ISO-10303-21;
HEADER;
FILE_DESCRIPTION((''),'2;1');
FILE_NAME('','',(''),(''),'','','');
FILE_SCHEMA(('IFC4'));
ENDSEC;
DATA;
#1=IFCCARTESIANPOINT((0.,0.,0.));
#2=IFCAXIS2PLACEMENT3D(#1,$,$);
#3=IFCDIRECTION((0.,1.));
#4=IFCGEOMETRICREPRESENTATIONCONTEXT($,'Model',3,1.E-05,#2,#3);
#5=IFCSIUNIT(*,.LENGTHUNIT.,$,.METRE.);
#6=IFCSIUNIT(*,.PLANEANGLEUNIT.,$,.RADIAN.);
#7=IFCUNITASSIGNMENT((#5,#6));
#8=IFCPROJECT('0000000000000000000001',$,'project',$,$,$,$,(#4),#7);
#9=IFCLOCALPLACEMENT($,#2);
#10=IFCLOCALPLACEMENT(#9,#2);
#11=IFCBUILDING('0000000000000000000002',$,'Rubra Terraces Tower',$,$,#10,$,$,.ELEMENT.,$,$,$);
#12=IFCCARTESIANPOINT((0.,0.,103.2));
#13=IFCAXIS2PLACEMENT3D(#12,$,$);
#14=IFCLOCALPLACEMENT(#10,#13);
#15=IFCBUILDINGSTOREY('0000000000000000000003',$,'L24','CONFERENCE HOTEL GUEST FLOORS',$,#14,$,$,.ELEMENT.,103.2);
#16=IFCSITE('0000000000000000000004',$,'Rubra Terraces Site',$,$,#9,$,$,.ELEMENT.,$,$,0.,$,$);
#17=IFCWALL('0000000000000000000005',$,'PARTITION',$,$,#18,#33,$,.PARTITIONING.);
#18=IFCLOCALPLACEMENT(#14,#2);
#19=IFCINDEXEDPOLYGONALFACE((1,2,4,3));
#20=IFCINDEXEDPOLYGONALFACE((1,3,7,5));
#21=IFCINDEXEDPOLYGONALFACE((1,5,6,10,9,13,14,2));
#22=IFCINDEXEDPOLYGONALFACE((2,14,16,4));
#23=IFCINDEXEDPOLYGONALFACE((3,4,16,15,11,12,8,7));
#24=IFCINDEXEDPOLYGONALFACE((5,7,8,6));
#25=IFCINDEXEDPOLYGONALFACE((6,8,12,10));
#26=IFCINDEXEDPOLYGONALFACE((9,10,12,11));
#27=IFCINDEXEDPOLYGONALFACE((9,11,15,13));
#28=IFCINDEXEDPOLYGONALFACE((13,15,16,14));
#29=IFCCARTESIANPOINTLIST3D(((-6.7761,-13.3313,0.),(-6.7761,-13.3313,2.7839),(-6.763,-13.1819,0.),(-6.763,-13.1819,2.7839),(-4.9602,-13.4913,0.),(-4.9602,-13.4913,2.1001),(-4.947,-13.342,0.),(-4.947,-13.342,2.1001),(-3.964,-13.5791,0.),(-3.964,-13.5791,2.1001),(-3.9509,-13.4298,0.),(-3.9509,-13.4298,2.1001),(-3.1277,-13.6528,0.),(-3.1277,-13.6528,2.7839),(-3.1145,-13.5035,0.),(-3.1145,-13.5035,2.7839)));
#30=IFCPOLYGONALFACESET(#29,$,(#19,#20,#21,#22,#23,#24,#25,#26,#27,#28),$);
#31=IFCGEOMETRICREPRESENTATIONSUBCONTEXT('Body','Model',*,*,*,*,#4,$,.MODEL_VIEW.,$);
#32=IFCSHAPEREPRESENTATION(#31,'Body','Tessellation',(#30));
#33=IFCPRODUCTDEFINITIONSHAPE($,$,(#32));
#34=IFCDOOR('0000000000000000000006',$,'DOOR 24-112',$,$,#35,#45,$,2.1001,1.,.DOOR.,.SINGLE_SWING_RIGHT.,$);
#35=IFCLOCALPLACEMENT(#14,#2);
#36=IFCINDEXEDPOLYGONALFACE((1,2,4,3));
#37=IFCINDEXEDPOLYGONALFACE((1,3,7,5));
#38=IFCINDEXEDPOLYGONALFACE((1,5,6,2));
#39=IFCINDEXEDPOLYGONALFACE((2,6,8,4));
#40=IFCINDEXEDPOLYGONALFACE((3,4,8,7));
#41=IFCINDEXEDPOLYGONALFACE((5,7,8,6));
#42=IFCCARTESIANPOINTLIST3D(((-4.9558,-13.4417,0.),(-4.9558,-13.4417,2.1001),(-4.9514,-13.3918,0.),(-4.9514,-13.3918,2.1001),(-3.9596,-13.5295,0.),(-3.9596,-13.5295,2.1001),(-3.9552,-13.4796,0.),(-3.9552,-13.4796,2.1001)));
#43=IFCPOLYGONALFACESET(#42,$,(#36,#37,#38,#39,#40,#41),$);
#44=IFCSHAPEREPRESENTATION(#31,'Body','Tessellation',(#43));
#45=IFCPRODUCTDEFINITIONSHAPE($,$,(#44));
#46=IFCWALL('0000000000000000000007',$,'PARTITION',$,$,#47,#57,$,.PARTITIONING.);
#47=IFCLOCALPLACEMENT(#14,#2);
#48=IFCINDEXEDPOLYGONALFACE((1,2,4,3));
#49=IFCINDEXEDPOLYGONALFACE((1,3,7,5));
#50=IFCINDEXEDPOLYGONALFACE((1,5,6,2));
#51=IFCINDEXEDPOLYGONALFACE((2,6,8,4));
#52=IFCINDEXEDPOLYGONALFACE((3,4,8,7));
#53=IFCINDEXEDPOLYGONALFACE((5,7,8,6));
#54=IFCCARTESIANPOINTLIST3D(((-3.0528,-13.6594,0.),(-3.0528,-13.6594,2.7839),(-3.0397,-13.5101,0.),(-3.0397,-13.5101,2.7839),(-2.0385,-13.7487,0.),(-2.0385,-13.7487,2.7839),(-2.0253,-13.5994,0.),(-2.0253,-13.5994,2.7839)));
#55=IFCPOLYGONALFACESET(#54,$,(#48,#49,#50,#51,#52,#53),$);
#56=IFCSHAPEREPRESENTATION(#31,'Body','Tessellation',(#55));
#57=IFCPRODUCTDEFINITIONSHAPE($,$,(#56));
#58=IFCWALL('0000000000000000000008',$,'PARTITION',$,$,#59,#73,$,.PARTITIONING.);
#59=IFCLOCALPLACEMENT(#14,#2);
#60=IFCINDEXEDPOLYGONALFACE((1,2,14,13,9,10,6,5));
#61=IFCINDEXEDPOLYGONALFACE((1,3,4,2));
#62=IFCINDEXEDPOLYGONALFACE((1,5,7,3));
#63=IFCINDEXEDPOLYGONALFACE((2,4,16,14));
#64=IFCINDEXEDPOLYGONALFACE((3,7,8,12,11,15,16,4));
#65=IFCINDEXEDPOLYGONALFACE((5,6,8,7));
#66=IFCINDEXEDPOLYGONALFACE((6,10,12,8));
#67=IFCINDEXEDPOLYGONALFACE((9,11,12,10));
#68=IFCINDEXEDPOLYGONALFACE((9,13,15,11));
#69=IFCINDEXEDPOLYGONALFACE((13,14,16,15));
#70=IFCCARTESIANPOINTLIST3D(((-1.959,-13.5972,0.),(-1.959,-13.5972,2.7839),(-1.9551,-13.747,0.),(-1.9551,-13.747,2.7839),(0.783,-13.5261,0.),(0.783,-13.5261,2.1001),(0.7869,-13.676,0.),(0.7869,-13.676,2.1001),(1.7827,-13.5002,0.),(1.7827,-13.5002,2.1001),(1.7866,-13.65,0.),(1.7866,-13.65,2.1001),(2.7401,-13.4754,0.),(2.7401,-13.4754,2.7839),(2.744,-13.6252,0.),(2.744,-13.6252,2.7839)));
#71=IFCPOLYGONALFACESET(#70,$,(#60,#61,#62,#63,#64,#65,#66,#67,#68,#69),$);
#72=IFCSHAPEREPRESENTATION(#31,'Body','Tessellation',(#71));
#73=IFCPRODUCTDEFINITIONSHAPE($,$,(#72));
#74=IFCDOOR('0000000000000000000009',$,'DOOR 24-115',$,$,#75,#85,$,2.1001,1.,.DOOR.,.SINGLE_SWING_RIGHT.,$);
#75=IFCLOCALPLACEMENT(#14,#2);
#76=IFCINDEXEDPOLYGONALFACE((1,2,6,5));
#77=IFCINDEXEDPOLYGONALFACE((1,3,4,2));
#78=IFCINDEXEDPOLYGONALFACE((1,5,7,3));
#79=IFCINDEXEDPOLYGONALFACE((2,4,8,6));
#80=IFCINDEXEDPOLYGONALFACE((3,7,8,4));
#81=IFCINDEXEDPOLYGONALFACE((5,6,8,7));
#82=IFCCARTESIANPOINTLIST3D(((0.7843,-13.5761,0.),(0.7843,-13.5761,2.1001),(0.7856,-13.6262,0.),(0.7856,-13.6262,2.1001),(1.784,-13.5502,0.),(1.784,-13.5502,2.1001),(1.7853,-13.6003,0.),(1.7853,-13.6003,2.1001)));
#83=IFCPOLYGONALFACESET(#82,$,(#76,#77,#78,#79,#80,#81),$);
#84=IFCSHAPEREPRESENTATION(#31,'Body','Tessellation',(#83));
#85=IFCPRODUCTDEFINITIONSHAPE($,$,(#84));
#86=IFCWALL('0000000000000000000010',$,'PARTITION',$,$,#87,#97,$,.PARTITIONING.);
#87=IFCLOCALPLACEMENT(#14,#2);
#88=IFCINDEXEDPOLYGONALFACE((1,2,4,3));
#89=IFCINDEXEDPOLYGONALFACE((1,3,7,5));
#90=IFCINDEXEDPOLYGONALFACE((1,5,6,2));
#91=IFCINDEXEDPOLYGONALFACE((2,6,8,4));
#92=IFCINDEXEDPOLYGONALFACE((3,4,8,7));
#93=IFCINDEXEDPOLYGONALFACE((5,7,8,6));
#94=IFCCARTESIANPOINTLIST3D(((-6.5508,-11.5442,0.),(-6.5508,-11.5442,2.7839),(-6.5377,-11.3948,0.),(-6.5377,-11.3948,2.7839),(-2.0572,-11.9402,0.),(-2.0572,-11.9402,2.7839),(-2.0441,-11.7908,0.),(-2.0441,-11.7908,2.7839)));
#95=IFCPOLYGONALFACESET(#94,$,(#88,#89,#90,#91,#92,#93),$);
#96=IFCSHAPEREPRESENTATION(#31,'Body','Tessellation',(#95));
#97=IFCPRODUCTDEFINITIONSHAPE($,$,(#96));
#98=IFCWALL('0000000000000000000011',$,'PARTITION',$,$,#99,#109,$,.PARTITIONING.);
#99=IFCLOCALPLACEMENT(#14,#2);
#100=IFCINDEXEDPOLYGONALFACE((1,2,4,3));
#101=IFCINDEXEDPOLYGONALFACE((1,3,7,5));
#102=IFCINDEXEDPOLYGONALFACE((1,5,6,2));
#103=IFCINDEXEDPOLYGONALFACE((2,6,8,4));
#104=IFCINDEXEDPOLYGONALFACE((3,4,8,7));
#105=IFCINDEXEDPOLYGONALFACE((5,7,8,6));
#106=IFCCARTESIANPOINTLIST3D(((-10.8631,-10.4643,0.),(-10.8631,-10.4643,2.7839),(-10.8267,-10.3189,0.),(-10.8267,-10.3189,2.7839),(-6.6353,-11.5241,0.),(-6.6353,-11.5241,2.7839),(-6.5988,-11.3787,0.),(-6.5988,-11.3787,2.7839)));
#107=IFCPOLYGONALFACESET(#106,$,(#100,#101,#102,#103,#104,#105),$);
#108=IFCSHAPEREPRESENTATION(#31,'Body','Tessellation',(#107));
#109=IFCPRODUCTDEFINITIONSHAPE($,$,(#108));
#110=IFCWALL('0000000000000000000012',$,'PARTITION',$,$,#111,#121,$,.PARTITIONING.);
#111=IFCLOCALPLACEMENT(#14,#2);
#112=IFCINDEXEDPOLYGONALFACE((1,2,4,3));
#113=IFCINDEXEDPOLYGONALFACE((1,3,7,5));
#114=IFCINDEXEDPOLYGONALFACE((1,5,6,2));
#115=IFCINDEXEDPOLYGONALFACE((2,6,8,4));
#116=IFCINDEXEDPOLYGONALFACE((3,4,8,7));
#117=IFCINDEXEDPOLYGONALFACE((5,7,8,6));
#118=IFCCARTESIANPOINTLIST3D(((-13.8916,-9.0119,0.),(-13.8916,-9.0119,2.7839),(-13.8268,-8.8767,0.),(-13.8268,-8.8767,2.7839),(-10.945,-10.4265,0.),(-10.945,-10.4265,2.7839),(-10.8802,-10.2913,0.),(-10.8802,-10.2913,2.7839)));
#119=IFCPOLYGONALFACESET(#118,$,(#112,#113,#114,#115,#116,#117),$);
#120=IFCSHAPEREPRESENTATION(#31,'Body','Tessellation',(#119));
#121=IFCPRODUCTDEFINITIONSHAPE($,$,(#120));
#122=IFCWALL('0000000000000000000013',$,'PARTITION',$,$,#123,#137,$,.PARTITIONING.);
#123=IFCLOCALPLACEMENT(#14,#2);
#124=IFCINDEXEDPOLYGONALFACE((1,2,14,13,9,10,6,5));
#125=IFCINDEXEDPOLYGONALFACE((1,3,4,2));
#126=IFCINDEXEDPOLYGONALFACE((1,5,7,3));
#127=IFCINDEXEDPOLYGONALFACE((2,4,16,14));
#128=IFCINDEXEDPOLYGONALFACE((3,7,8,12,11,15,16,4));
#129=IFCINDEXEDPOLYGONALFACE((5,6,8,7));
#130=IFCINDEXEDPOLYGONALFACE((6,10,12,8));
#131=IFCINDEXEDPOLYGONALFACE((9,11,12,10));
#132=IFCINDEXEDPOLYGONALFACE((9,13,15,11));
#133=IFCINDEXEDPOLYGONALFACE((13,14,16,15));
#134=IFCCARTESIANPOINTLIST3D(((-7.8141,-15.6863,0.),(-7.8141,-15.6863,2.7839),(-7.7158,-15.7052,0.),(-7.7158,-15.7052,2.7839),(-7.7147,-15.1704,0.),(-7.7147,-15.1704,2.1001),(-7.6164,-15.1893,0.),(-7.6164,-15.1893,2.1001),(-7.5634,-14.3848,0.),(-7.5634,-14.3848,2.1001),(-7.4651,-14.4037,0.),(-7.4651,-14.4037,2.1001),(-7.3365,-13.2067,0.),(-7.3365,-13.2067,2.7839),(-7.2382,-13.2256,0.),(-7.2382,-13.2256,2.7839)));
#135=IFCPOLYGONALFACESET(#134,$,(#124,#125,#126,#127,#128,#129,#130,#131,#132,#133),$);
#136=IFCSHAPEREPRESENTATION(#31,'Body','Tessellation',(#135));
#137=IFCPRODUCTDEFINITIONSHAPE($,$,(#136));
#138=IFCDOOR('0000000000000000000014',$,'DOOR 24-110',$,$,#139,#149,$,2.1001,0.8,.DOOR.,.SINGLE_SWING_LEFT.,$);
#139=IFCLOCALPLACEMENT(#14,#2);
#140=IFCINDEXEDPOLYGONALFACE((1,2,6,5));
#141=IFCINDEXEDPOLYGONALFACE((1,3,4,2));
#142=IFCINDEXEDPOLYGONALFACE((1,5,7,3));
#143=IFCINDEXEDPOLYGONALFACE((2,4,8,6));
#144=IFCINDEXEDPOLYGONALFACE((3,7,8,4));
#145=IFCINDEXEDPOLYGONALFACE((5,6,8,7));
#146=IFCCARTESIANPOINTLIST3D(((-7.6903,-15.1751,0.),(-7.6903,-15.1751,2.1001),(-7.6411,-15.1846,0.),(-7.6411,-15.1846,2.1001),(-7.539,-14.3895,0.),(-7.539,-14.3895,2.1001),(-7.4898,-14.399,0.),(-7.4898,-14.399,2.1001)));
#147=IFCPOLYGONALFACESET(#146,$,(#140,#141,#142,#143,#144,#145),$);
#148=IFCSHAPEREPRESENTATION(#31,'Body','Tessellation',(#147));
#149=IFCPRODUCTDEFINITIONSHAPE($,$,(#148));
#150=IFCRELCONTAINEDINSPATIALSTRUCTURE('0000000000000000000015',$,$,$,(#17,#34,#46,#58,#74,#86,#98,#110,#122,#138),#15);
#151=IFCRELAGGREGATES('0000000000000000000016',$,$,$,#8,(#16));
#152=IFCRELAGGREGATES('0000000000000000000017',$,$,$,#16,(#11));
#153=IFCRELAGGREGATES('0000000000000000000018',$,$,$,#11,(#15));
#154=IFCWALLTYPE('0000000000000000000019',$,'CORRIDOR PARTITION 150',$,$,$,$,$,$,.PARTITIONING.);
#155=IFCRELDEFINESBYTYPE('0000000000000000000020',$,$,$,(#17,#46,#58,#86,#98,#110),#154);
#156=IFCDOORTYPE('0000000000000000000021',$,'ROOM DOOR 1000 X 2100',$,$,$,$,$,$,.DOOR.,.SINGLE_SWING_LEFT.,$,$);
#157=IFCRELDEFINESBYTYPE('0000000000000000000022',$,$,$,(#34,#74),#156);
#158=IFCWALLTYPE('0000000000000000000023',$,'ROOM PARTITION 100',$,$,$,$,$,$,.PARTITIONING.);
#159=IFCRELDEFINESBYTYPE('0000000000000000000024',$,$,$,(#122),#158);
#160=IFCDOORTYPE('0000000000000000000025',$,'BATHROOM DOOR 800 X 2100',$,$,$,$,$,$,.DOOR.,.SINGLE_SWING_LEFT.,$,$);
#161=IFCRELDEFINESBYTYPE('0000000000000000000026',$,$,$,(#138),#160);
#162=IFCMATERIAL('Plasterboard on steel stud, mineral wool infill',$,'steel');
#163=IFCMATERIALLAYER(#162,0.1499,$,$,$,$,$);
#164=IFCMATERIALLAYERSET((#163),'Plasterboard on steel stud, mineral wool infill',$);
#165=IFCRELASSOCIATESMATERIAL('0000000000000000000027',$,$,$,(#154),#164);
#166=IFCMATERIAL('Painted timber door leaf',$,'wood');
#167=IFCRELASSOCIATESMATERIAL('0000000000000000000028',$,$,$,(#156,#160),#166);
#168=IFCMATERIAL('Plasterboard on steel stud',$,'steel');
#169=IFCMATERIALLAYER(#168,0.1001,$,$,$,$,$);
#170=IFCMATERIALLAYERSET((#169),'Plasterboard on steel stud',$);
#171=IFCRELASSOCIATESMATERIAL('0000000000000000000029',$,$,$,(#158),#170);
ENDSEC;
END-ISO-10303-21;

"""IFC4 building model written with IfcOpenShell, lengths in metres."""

from ifc_helpers import new_model, si_unit, direction, frame, frame_2d, origin, place, context, subcontext, project, spatial, rectangle, extrude, material, layer, layer_set, type_object, element, fill, save


model = new_model("IFC4")

# Units and contexts
model_context = context("Model", 3, precision=1e-05, world=origin(), true_north=direction((0.0, 1.0)))
body_context = subcontext(model_context, "Body", "Model", "MODEL_VIEW")
ifc_project = project(units=[si_unit("LENGTHUNIT", "METRE"), si_unit("PLANEANGLEUNIT", "RADIAN")], contexts=[model_context])

# Site, building, storey
site_placement = place(None, origin())
site = spatial("IfcSite", under=ifc_project, at=site_placement, Name="Rubra Terraces Site", CompositionType="ELEMENT", RefElevation=0.0)
building_placement = place(site_placement, origin())
building = spatial("IfcBuilding", under=site, at=building_placement, Name="Rubra Terraces Tower", CompositionType="ELEMENT")
storey_placement = place(building_placement, frame((0.0, 0.0, 103.2)))
storey = spatial("IfcBuildingStorey", under=building, at=storey_placement, Name="L24", Description="CONFERENCE HOTEL GUEST FLOORS", CompositionType="ELEMENT", Elevation=103.2)

# Shared definitions
ifc_material_1 = material(Name="Plasterboard on steel stud, mineral wool infill", Category="steel")
ifc_layer_1 = layer(ifc_material_1, 0.1499)
ifc_layer_set_1 = layer_set([ifc_layer_1], Name="Plasterboard on steel stud, mineral wool infill")
wall_type_1 = type_object("IfcWallType", Name="CORRIDOR PARTITION 150", PredefinedType="PARTITIONING", material=ifc_layer_set_1)

# Wall, opening, door
wall_1_placement = place(storey_placement, frame((-6.7695, -13.2566, 0.0), z_axis=(0.0, 0.0, 1.0), x_axis=(0.996139, -0.087789, 0.0)))
wall_1 = element("IfcWall", 1, at=wall_1_placement, inside=storey, type_object=wall_type_1, Name="PARTITION", PredefinedType="PARTITIONING", context=body_context, shape_type="SweptSolid", body=[
    extrude(rectangle(XDim=3.6626, YDim=0.1499, at=frame_2d((1.8313, 0.0))), origin(), (0.0, 0.0, 1.0), 2.7839),
])
opening_1_placement = place(wall_1_placement, frame((1.823, 0.0, 0.0)))
opening_1 = element("IfcOpeningElement", 2, at=opening_1_placement, cuts=wall_1, PredefinedType="OPENING", context=body_context, shape_type="SweptSolid", body=[
    extrude(rectangle(XDim=1.0, YDim=2.1001, at=frame_2d((0.5, 1.05))), frame((0.0, 0.085, 0.0), z_axis=(0.0, -1.0, 0.0), x_axis=(1.0, 0.0, 0.0)), (0.0, 0.0, 1.0), 0.1699),
])
ifc_material_2 = material(Name="Painted timber door leaf", Category="wood")
door_type_1 = type_object("IfcDoorType", Name="ROOM DOOR 1000 X 2100", OperationType="SINGLE_SWING_LEFT", PredefinedType="DOOR", material=ifc_material_2)
door_1_placement = place(opening_1_placement, origin())
door_1 = element("IfcDoor", 3, at=door_1_placement, inside=storey, type_object=door_type_1, Name="DOOR 24-112", OperationType="SINGLE_SWING_RIGHT", OverallHeight=2.1001, OverallWidth=1.0, PredefinedType="DOOR", context=body_context, shape_type="SweptSolid", body=[
    extrude(rectangle(XDim=1.0, YDim=2.1001, at=frame_2d((0.5, 1.05))), frame((0.0, 0.0249, 0.0), z_axis=(0.0, -1.0, 0.0), x_axis=(1.0, 0.0, 0.0)), (0.0, 0.0, 1.0), 0.05),
])
fill(opening_1, door_1)

# Wall
wall_2_placement = place(storey_placement, frame((-3.0464, -13.5847, 0.0), z_axis=(0.0, 0.0, 1.0), x_axis=(0.996143, -0.087747, 0.0)))
element("IfcWall", 4, at=wall_2_placement, inside=storey, type_object=wall_type_1, Name="PARTITION", PredefinedType="PARTITIONING", context=body_context, shape_type="SweptSolid", body=[
    extrude(rectangle(XDim=1.0183, YDim=0.1499, at=frame_2d((0.5093, 0.0))), origin(), (0.0, 0.0, 1.0), 2.7839),
])

# Wall, opening, door
wall_3_placement = place(storey_placement, frame((-1.957, -13.6721, 0.0), z_axis=(0.0, 0.0, 1.0), x_axis=(0.999664, 0.025916, 0.0)))
wall_3 = element("IfcWall", 5, at=wall_3_placement, inside=storey, type_object=wall_type_1, Name="PARTITION", PredefinedType="PARTITIONING", context=body_context, shape_type="SweptSolid", body=[
    extrude(rectangle(XDim=4.7007, YDim=0.1499, at=frame_2d((2.3503, 0.0))), origin(), (0.0, 0.0, 1.0), 2.7839),
])
opening_2_placement = place(wall_3_placement, frame((2.7429, 0.0, 0.0)))
opening_2 = element("IfcOpeningElement", 6, at=opening_2_placement, cuts=wall_3, PredefinedType="OPENING", context=body_context, shape_type="SweptSolid", body=[
    extrude(rectangle(XDim=1.0, YDim=2.1001, at=frame_2d((0.5, 1.05))), frame((0.0, 0.085, 0.0), z_axis=(0.0, -1.0, 0.0), x_axis=(1.0, 0.0, 0.0)), (0.0, 0.0, 1.0), 0.1699),
])
door_2_placement = place(opening_2_placement, origin())
door_2 = element("IfcDoor", 7, at=door_2_placement, inside=storey, type_object=door_type_1, Name="DOOR 24-115", OperationType="SINGLE_SWING_RIGHT", OverallHeight=2.1001, OverallWidth=1.0, PredefinedType="DOOR", context=body_context, shape_type="SweptSolid", body=[
    extrude(rectangle(XDim=1.0, YDim=2.1001, at=frame_2d((0.5, 1.05))), frame((0.0, 0.0249, 0.0), z_axis=(0.0, -1.0, 0.0), x_axis=(1.0, 0.0, 0.0)), (0.0, 0.0, 1.0), 0.05),
])
fill(opening_2, door_2)

# Walls
wall_4_placement = place(storey_placement, frame((-2.0508, -11.8655, 0.0), z_axis=(0.0, 0.0, 1.0), x_axis=(-0.99614, 0.087783, 0.0)))
element("IfcWall", 8, at=wall_4_placement, inside=storey, type_object=wall_type_1, Name="PARTITION", PredefinedType="PARTITIONING", context=body_context, shape_type="SweptSolid", body=[
    extrude(rectangle(XDim=4.511, YDim=0.1499, at=frame_2d((2.2554, 0.0))), origin(), (0.0, 0.0, 1.0), 2.7839),
])
wall_5_placement = place(storey_placement, frame((-6.6172, -11.4514, 0.0), z_axis=(0.0, 0.0, 1.0), x_axis=(-0.969987, 0.243155, 0.0)))
element("IfcWall", 9, at=wall_5_placement, inside=storey, type_object=wall_type_1, Name="PARTITION", PredefinedType="PARTITIONING", context=body_context, shape_type="SweptSolid", body=[
    extrude(rectangle(XDim=4.3586, YDim=0.1499, at=frame_2d((2.1792, 0.0))), origin(), (0.0, 0.0, 1.0), 2.7839),
])
wall_6_placement = place(storey_placement, frame((-10.9126, -10.3589, 0.0), z_axis=(0.0, 0.0, 1.0), x_axis=(-0.901497, 0.432784, 0.0)))
element("IfcWall", 10, at=wall_6_placement, inside=storey, type_object=wall_type_1, Name="PARTITION", PredefinedType="PARTITIONING", context=body_context, shape_type="SweptSolid", body=[
    extrude(rectangle(XDim=3.2686, YDim=0.1499, at=frame_2d((1.6343, 0.0))), origin(), (0.0, 0.0, 1.0), 2.7839),
])

# Wall, opening, door
ifc_material_3 = material(Name="Plasterboard on steel stud", Category="steel")
ifc_layer_2 = layer(ifc_material_3, 0.1001)
ifc_layer_set_2 = layer_set([ifc_layer_2], Name="Plasterboard on steel stud")
wall_type_2 = type_object("IfcWallType", Name="ROOM PARTITION 100", PredefinedType="PARTITIONING", material=ifc_layer_set_2)
wall_7_placement = place(storey_placement, frame((-7.2874, -13.2161, 0.0), z_axis=(0.0, 0.0, 1.0), x_axis=(-0.18912, -0.981954, 0.0)))
wall_7 = element("IfcWall", 11, at=wall_7_placement, inside=storey, type_object=wall_type_2, Name="PARTITION", PredefinedType="PARTITIONING", context=body_context, shape_type="SweptSolid", body=[
    extrude(rectangle(XDim=2.5251, YDim=0.1001, at=frame_2d((1.2627, 0.0))), origin(), (0.0, 0.0, 1.0), 2.7839),
])
opening_3_placement = place(wall_7_placement, frame((1.2, 0.0, 0.0)))
opening_3 = element("IfcOpeningElement", 12, at=opening_3_placement, cuts=wall_7, PredefinedType="OPENING", context=body_context, shape_type="SweptSolid", body=[
    extrude(rectangle(XDim=0.8, YDim=2.1001, at=frame_2d((0.3999, 1.05))), frame((0.0, 0.0601, 0.0), z_axis=(0.0, -1.0, 0.0), x_axis=(1.0, 0.0, 0.0)), (0.0, 0.0, 1.0), 0.1201),
])
door_type_2 = type_object("IfcDoorType", Name="BATHROOM DOOR 800 X 2100", OperationType="SINGLE_SWING_LEFT", PredefinedType="DOOR", material=ifc_material_2)
door_3_placement = place(opening_3_placement, origin())
door_3 = element("IfcDoor", 13, at=door_3_placement, inside=storey, type_object=door_type_2, Name="DOOR 24-110", OperationType="SINGLE_SWING_LEFT", OverallHeight=2.1001, OverallWidth=0.8, PredefinedType="DOOR", context=body_context, shape_type="SweptSolid", body=[
    extrude(rectangle(XDim=0.8, YDim=2.1001, at=frame_2d((0.3999, 1.05))), frame((0.0, 0.0249, 0.0), z_axis=(0.0, -1.0, 0.0), x_axis=(1.0, 0.0, 0.0)), (0.0, 0.0, 1.0), 0.05),
])
fill(opening_3, door_3)

save(model, "model.ifc")
